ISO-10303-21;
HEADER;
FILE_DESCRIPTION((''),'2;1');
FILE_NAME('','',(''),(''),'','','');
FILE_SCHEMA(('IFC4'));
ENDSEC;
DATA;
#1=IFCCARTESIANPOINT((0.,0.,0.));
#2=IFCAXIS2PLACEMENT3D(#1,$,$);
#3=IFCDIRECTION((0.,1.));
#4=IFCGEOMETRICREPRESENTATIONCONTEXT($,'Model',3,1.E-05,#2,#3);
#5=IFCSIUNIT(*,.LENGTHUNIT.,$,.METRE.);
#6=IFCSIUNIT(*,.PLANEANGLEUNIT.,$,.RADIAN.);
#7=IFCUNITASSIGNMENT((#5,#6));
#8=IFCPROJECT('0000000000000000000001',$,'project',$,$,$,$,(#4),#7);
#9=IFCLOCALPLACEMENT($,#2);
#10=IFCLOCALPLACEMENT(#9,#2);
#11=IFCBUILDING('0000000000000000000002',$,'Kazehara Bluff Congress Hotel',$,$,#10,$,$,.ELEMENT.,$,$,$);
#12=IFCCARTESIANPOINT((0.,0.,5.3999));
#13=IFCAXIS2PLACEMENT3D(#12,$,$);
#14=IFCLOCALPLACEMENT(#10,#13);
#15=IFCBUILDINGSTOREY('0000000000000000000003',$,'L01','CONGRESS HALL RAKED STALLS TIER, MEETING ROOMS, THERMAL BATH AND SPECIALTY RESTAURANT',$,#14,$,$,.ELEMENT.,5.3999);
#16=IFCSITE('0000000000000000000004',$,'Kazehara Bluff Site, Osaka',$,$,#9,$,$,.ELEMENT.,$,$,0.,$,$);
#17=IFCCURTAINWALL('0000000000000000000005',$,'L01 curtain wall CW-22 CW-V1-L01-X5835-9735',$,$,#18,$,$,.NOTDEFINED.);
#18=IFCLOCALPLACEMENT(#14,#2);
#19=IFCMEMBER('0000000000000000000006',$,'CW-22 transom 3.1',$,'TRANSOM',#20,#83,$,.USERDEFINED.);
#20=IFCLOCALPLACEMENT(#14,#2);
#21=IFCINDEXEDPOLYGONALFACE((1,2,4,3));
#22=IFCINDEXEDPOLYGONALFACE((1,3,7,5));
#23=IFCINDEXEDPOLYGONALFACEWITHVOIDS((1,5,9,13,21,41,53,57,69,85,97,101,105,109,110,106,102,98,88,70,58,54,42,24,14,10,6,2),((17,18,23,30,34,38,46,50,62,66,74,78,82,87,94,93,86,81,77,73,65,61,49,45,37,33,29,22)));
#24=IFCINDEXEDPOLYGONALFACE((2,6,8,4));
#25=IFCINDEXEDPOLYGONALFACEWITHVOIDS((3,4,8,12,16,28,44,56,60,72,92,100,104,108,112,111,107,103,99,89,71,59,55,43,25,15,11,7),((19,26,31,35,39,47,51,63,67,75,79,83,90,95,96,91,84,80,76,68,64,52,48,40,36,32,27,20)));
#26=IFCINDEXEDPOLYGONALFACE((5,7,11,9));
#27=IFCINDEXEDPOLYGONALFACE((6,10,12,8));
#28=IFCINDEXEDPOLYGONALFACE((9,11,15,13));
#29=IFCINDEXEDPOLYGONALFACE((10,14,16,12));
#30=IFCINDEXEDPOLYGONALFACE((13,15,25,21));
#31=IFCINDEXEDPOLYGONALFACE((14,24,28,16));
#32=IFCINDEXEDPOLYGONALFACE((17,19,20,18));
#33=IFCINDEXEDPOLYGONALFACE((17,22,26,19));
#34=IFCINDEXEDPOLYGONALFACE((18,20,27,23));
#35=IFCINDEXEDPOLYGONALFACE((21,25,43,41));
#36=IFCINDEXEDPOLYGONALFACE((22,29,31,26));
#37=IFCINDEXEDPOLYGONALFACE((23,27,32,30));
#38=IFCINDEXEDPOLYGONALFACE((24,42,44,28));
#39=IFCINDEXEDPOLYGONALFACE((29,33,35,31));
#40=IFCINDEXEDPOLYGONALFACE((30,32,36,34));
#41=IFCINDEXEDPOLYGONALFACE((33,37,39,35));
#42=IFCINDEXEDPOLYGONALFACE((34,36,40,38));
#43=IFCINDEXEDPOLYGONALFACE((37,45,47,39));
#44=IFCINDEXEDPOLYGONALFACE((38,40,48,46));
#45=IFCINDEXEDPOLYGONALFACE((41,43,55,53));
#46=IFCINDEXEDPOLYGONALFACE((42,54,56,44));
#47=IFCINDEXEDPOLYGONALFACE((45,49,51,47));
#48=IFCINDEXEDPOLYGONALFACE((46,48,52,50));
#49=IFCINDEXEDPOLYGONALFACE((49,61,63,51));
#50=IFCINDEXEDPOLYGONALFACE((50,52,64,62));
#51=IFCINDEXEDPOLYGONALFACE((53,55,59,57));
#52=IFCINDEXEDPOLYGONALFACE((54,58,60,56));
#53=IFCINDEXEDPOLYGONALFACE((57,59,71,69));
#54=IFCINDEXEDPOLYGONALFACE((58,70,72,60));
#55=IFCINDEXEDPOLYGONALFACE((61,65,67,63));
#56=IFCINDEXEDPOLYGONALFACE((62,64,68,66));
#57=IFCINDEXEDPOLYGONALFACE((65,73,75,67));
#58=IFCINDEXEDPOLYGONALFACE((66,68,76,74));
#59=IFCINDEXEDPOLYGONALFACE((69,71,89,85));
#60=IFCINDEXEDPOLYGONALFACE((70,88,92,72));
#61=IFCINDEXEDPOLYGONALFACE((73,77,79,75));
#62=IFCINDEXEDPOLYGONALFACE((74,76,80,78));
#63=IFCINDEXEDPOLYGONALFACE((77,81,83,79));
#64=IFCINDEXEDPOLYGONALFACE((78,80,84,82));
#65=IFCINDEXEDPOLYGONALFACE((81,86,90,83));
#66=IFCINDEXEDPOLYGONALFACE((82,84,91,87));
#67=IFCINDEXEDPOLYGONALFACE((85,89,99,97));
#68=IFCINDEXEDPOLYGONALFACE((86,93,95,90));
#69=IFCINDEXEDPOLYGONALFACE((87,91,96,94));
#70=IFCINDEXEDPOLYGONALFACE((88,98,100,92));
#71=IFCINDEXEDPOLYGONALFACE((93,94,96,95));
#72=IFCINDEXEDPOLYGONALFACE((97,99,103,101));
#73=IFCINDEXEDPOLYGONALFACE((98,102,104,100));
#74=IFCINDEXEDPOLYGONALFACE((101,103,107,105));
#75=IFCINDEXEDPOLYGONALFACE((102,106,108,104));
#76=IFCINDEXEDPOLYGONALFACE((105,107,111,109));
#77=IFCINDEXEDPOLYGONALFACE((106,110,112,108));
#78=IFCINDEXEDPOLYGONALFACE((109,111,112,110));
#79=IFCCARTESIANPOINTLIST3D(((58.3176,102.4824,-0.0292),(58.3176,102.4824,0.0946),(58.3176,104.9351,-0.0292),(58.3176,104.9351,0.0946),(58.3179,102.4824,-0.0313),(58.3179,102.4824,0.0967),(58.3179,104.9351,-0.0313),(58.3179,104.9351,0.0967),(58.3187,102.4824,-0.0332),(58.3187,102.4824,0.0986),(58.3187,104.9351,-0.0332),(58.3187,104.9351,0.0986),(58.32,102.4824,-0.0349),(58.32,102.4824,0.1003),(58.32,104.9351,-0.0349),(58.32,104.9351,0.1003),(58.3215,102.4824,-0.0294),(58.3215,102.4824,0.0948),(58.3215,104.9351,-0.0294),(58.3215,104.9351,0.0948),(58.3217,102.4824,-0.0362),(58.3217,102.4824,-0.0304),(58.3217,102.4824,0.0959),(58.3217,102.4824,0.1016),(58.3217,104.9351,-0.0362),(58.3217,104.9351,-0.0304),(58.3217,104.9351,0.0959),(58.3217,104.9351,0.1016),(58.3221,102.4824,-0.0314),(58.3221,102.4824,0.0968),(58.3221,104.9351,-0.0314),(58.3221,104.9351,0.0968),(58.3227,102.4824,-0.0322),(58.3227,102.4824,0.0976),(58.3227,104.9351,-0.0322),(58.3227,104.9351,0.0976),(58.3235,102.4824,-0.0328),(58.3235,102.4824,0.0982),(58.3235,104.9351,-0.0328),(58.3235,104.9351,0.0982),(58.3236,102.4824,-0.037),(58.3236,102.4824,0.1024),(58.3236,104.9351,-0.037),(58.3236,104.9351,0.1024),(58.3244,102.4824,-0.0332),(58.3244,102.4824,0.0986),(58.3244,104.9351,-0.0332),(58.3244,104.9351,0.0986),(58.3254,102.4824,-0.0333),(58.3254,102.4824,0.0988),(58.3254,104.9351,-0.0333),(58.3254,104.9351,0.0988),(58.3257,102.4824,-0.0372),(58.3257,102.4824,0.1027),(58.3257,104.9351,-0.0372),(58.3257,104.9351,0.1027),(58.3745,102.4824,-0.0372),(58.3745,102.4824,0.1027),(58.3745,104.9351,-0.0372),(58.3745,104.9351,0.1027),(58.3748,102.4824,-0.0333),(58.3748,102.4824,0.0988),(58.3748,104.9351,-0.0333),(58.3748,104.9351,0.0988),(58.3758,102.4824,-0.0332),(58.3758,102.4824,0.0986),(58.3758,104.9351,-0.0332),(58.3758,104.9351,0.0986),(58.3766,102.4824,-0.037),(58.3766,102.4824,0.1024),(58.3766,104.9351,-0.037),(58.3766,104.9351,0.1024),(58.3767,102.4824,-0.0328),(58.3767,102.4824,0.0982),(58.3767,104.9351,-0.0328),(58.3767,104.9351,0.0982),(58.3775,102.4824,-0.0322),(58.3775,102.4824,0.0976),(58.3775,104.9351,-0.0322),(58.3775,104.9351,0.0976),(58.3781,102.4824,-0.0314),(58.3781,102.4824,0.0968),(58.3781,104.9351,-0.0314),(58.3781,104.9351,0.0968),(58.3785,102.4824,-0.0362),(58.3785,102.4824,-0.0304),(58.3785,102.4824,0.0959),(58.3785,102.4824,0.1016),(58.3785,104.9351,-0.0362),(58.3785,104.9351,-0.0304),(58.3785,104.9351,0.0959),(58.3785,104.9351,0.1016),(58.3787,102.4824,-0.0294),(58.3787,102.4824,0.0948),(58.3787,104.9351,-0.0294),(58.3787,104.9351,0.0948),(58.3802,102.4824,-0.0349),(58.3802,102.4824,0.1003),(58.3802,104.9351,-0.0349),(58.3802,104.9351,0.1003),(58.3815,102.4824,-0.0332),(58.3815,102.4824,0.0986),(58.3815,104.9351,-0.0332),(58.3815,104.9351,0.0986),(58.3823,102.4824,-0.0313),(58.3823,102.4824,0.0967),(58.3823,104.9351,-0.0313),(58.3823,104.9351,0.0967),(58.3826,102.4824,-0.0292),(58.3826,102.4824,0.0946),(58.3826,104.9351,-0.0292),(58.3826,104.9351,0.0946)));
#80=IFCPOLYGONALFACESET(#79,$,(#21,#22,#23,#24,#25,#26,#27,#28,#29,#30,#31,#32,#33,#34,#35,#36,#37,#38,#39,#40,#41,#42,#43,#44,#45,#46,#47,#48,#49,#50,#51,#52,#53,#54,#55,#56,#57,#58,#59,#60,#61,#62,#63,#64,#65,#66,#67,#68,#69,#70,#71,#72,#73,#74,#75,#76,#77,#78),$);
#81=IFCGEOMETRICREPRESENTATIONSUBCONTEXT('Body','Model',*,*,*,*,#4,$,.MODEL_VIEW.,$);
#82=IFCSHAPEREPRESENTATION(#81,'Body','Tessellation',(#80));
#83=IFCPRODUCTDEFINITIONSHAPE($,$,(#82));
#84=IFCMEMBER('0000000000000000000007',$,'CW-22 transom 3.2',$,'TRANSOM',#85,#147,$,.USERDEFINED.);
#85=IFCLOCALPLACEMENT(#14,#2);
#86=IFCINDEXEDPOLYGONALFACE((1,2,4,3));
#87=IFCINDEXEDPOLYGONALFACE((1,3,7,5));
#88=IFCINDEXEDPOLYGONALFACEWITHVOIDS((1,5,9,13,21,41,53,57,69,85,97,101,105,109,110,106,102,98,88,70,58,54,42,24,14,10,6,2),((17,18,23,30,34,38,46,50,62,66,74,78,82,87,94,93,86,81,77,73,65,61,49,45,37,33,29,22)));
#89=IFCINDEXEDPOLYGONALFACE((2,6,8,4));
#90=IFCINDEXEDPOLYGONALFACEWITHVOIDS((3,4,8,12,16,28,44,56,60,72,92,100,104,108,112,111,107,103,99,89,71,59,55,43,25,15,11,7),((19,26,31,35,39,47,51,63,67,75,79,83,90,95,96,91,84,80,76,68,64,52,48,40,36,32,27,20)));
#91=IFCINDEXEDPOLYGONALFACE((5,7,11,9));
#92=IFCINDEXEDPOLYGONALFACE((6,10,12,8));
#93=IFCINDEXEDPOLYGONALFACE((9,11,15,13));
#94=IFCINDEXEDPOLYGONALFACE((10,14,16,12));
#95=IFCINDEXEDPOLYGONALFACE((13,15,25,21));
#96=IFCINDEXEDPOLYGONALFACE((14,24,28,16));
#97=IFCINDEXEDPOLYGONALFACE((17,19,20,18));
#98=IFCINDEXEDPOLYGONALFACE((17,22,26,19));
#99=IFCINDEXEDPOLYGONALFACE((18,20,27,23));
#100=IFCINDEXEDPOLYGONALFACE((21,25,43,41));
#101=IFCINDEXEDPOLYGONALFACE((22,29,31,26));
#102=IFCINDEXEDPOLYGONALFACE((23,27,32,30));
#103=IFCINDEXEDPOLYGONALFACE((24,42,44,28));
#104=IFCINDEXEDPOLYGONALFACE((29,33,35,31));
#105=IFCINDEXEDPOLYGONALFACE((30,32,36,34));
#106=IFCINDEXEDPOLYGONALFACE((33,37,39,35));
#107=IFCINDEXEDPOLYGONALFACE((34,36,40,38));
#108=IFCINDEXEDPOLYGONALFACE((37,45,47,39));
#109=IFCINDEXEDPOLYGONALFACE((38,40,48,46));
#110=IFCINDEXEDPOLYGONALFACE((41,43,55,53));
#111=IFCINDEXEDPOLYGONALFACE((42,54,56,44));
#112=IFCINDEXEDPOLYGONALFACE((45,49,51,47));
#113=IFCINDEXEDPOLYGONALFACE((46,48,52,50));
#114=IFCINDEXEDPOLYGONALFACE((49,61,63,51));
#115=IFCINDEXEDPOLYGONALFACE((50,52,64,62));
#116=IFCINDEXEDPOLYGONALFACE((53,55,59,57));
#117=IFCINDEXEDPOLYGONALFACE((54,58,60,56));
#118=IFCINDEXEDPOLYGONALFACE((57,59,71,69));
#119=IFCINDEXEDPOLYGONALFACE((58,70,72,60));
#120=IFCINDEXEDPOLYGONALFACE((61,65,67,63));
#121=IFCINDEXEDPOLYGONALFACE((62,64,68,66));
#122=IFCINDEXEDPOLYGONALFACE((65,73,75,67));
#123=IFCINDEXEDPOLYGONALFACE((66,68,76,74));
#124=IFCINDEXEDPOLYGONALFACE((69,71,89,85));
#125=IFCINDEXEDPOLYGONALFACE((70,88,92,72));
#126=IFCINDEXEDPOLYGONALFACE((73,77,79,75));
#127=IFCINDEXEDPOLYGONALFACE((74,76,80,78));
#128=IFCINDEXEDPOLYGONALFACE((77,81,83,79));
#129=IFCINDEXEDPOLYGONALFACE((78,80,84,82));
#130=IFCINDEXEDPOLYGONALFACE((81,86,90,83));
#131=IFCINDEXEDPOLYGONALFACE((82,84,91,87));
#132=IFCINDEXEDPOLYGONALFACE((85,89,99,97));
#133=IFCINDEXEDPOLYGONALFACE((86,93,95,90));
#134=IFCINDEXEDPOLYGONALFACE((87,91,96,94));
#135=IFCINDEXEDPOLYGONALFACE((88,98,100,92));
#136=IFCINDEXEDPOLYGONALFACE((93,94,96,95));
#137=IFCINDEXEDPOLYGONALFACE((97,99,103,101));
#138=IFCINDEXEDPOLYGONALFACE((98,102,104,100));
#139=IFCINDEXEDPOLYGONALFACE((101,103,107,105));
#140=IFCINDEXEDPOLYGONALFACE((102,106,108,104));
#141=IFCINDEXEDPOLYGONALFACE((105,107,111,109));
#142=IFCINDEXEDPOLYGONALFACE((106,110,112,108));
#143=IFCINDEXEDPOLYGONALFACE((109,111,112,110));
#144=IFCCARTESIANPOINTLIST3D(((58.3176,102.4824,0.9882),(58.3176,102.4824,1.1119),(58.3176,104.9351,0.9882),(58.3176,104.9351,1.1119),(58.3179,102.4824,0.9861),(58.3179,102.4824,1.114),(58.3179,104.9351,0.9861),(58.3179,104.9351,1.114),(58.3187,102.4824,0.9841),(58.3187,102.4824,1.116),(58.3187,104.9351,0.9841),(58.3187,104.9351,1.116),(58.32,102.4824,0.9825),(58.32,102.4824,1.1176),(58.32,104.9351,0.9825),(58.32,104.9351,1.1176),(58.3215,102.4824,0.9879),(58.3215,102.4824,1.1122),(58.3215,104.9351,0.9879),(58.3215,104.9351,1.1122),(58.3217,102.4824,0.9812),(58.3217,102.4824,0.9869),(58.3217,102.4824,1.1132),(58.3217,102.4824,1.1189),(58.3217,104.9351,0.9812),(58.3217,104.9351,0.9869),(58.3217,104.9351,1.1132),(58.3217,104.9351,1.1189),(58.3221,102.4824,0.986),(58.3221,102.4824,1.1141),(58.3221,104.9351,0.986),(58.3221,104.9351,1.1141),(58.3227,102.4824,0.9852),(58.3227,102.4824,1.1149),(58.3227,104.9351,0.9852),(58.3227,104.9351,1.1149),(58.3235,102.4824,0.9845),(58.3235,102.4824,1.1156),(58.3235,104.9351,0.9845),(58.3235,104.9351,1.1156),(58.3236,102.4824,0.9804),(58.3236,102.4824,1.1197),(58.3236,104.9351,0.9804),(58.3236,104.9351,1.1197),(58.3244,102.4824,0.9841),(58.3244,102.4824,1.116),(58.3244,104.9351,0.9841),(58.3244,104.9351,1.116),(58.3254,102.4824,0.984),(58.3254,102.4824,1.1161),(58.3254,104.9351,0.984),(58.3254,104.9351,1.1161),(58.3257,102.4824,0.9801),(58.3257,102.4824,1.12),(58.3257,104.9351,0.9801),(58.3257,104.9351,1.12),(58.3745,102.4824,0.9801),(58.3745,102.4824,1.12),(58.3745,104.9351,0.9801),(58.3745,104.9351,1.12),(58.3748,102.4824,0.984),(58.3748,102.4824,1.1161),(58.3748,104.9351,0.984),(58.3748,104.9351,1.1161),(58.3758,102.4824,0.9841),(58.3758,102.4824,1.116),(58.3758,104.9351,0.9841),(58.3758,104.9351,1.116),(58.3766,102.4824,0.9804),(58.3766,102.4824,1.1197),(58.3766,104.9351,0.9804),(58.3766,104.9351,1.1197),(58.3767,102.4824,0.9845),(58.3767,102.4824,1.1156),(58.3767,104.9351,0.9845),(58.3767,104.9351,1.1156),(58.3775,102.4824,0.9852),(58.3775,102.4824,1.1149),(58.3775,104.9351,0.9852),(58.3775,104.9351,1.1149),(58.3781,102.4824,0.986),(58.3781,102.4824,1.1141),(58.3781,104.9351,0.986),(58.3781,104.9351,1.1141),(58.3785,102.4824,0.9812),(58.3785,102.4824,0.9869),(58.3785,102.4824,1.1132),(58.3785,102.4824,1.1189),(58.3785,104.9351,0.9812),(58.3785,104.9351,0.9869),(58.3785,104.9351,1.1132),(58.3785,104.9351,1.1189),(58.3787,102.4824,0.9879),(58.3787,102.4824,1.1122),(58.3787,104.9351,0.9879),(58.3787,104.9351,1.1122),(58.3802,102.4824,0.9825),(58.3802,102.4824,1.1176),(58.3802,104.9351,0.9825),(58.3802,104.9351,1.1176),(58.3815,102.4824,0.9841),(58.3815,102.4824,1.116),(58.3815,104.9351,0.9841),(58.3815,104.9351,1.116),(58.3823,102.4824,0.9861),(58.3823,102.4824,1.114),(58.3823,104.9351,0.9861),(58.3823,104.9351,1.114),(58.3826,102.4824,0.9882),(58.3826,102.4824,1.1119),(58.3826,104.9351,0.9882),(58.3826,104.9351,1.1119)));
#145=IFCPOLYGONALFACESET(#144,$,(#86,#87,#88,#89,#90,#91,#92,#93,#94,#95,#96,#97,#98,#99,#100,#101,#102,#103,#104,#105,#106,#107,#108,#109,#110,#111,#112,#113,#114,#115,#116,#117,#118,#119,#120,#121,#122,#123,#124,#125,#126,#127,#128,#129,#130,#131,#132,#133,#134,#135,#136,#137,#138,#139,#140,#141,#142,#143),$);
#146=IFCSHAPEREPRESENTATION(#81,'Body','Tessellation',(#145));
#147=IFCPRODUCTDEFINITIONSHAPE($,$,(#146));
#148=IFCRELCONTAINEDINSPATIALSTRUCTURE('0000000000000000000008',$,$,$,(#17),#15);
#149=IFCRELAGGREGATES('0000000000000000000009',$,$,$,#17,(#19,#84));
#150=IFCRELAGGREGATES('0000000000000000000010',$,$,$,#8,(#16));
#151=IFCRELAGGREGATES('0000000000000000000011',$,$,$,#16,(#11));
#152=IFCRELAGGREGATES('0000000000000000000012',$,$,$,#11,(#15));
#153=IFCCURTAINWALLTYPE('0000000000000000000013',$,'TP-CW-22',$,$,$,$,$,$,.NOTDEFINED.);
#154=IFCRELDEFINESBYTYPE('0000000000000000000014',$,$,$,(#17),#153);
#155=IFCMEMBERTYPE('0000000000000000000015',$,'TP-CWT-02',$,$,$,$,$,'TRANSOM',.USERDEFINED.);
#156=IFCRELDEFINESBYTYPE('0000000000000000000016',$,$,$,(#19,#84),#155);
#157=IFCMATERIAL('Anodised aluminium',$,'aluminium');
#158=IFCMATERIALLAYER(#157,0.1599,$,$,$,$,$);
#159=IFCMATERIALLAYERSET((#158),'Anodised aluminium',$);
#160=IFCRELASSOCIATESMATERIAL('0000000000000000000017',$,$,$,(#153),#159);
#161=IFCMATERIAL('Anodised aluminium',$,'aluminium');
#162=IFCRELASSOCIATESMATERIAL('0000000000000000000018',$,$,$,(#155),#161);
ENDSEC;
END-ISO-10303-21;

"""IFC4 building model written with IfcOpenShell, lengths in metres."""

from ifc_helpers import new_model, si_unit, direction, frame, origin, origin_2d, place, context, subcontext, project, spatial, hollow_rectangle, extrude, material, layer, layer_set, material_profile, profile_set, type_object, element, aggregate, save


model = new_model("IFC4")

# Units and contexts
model_context = context("Model", 3, precision=1e-05, world=origin(), true_north=direction((0.0, 1.0)))
body_context = subcontext(model_context, "Body", "Model", "MODEL_VIEW")
ifc_project = project(units=[si_unit("LENGTHUNIT", "METRE"), si_unit("PLANEANGLEUNIT", "RADIAN")], contexts=[model_context])

# Site, building, storey
site_placement = place(None, origin())
site = spatial("IfcSite", under=ifc_project, at=site_placement, Name="Kazehara Bluff Site, Osaka", CompositionType="ELEMENT", RefElevation=0.0)
building_placement = place(site_placement, origin())
building = spatial("IfcBuilding", under=site, at=building_placement, Name="Kazehara Bluff Congress Hotel", CompositionType="ELEMENT")
storey_placement = place(building_placement, frame((0.0, 0.0, 5.3999)))
storey = spatial("IfcBuildingStorey", under=building, at=storey_placement, Name="L01", Description="CONGRESS HALL RAKED STALLS TIER, MEETING ROOMS, THERMAL BATH AND SPECIALTY RESTAURANT", CompositionType="ELEMENT", Elevation=5.3999)

# Curtain wall, members
ifc_material_1 = material(Name="Anodised aluminium", Category="aluminium")
ifc_layer_1 = layer(ifc_material_1, 0.1599)
ifc_layer_set_1 = layer_set([ifc_layer_1], Name="Anodised aluminium")
curtain_wall_type = type_object("IfcCurtainWallType", Name="TP-CW-22", PredefinedType="NOTDEFINED", material=ifc_layer_set_1)
curtain_wall_placement = place(storey_placement, origin())
curtain_wall = element("IfcCurtainWall", 1, at=curtain_wall_placement, inside=storey, type_object=curtain_wall_type, Name="L01 curtain wall CW-22 CW-V1-L01-X5835-9735", PredefinedType="NOTDEFINED")
ifc_material_2 = material(Name="Anodised aluminium", Category="aluminium")
ifc_material_profile_1 = material_profile(ifc_material_2, hollow_rectangle(XDim=0.0649, YDim=0.1399, WallThickness=0.0039, InnerFilletRadius=0.0039, OuterFilletRadius=0.0081, at=origin_2d()))
ifc_profile_set_1 = profile_set([ifc_material_profile_1], Name="Anodised aluminium")
member_type_1 = type_object("IfcMemberType", Name="TP-CWT-02", ElementType="TRANSOM", PredefinedType="USERDEFINED", material=ifc_profile_set_1)
member_1_placement = place(storey_placement, frame((58.3501, 102.4824, 0.0327), z_axis=(0.0, 1.0, 0.0), x_axis=(-1.0, 0.0, 0.0)))
member_1 = element("IfcMember", 2, at=member_1_placement, type_object=member_type_1, Name="CW-22 transom 3.1", ObjectType="TRANSOM", PredefinedType="USERDEFINED", context=body_context, shape_type="SweptSolid", body=[
    extrude(hollow_rectangle(XDim=0.0649, YDim=0.1399, WallThickness=0.0039, InnerFilletRadius=0.0039, OuterFilletRadius=0.0081, at=origin_2d()), origin(), (0.0, 0.0, 1.0), 2.4526),
])
member_2_placement = place(storey_placement, frame((58.3501, 102.4824, 1.05), z_axis=(0.0, 1.0, 0.0), x_axis=(-1.0, 0.0, 0.0)))
member_2 = element("IfcMember", 3, at=member_2_placement, type_object=member_type_1, Name="CW-22 transom 3.2", ObjectType="TRANSOM", PredefinedType="USERDEFINED", context=body_context, shape_type="SweptSolid", body=[
    extrude(hollow_rectangle(XDim=0.0649, YDim=0.1399, WallThickness=0.0039, InnerFilletRadius=0.0039, OuterFilletRadius=0.0081, at=origin_2d()), origin(), (0.0, 0.0, 1.0), 2.4526),
])

aggregate(curtain_wall, [member_1, member_2])

save(model, "model.ifc")
